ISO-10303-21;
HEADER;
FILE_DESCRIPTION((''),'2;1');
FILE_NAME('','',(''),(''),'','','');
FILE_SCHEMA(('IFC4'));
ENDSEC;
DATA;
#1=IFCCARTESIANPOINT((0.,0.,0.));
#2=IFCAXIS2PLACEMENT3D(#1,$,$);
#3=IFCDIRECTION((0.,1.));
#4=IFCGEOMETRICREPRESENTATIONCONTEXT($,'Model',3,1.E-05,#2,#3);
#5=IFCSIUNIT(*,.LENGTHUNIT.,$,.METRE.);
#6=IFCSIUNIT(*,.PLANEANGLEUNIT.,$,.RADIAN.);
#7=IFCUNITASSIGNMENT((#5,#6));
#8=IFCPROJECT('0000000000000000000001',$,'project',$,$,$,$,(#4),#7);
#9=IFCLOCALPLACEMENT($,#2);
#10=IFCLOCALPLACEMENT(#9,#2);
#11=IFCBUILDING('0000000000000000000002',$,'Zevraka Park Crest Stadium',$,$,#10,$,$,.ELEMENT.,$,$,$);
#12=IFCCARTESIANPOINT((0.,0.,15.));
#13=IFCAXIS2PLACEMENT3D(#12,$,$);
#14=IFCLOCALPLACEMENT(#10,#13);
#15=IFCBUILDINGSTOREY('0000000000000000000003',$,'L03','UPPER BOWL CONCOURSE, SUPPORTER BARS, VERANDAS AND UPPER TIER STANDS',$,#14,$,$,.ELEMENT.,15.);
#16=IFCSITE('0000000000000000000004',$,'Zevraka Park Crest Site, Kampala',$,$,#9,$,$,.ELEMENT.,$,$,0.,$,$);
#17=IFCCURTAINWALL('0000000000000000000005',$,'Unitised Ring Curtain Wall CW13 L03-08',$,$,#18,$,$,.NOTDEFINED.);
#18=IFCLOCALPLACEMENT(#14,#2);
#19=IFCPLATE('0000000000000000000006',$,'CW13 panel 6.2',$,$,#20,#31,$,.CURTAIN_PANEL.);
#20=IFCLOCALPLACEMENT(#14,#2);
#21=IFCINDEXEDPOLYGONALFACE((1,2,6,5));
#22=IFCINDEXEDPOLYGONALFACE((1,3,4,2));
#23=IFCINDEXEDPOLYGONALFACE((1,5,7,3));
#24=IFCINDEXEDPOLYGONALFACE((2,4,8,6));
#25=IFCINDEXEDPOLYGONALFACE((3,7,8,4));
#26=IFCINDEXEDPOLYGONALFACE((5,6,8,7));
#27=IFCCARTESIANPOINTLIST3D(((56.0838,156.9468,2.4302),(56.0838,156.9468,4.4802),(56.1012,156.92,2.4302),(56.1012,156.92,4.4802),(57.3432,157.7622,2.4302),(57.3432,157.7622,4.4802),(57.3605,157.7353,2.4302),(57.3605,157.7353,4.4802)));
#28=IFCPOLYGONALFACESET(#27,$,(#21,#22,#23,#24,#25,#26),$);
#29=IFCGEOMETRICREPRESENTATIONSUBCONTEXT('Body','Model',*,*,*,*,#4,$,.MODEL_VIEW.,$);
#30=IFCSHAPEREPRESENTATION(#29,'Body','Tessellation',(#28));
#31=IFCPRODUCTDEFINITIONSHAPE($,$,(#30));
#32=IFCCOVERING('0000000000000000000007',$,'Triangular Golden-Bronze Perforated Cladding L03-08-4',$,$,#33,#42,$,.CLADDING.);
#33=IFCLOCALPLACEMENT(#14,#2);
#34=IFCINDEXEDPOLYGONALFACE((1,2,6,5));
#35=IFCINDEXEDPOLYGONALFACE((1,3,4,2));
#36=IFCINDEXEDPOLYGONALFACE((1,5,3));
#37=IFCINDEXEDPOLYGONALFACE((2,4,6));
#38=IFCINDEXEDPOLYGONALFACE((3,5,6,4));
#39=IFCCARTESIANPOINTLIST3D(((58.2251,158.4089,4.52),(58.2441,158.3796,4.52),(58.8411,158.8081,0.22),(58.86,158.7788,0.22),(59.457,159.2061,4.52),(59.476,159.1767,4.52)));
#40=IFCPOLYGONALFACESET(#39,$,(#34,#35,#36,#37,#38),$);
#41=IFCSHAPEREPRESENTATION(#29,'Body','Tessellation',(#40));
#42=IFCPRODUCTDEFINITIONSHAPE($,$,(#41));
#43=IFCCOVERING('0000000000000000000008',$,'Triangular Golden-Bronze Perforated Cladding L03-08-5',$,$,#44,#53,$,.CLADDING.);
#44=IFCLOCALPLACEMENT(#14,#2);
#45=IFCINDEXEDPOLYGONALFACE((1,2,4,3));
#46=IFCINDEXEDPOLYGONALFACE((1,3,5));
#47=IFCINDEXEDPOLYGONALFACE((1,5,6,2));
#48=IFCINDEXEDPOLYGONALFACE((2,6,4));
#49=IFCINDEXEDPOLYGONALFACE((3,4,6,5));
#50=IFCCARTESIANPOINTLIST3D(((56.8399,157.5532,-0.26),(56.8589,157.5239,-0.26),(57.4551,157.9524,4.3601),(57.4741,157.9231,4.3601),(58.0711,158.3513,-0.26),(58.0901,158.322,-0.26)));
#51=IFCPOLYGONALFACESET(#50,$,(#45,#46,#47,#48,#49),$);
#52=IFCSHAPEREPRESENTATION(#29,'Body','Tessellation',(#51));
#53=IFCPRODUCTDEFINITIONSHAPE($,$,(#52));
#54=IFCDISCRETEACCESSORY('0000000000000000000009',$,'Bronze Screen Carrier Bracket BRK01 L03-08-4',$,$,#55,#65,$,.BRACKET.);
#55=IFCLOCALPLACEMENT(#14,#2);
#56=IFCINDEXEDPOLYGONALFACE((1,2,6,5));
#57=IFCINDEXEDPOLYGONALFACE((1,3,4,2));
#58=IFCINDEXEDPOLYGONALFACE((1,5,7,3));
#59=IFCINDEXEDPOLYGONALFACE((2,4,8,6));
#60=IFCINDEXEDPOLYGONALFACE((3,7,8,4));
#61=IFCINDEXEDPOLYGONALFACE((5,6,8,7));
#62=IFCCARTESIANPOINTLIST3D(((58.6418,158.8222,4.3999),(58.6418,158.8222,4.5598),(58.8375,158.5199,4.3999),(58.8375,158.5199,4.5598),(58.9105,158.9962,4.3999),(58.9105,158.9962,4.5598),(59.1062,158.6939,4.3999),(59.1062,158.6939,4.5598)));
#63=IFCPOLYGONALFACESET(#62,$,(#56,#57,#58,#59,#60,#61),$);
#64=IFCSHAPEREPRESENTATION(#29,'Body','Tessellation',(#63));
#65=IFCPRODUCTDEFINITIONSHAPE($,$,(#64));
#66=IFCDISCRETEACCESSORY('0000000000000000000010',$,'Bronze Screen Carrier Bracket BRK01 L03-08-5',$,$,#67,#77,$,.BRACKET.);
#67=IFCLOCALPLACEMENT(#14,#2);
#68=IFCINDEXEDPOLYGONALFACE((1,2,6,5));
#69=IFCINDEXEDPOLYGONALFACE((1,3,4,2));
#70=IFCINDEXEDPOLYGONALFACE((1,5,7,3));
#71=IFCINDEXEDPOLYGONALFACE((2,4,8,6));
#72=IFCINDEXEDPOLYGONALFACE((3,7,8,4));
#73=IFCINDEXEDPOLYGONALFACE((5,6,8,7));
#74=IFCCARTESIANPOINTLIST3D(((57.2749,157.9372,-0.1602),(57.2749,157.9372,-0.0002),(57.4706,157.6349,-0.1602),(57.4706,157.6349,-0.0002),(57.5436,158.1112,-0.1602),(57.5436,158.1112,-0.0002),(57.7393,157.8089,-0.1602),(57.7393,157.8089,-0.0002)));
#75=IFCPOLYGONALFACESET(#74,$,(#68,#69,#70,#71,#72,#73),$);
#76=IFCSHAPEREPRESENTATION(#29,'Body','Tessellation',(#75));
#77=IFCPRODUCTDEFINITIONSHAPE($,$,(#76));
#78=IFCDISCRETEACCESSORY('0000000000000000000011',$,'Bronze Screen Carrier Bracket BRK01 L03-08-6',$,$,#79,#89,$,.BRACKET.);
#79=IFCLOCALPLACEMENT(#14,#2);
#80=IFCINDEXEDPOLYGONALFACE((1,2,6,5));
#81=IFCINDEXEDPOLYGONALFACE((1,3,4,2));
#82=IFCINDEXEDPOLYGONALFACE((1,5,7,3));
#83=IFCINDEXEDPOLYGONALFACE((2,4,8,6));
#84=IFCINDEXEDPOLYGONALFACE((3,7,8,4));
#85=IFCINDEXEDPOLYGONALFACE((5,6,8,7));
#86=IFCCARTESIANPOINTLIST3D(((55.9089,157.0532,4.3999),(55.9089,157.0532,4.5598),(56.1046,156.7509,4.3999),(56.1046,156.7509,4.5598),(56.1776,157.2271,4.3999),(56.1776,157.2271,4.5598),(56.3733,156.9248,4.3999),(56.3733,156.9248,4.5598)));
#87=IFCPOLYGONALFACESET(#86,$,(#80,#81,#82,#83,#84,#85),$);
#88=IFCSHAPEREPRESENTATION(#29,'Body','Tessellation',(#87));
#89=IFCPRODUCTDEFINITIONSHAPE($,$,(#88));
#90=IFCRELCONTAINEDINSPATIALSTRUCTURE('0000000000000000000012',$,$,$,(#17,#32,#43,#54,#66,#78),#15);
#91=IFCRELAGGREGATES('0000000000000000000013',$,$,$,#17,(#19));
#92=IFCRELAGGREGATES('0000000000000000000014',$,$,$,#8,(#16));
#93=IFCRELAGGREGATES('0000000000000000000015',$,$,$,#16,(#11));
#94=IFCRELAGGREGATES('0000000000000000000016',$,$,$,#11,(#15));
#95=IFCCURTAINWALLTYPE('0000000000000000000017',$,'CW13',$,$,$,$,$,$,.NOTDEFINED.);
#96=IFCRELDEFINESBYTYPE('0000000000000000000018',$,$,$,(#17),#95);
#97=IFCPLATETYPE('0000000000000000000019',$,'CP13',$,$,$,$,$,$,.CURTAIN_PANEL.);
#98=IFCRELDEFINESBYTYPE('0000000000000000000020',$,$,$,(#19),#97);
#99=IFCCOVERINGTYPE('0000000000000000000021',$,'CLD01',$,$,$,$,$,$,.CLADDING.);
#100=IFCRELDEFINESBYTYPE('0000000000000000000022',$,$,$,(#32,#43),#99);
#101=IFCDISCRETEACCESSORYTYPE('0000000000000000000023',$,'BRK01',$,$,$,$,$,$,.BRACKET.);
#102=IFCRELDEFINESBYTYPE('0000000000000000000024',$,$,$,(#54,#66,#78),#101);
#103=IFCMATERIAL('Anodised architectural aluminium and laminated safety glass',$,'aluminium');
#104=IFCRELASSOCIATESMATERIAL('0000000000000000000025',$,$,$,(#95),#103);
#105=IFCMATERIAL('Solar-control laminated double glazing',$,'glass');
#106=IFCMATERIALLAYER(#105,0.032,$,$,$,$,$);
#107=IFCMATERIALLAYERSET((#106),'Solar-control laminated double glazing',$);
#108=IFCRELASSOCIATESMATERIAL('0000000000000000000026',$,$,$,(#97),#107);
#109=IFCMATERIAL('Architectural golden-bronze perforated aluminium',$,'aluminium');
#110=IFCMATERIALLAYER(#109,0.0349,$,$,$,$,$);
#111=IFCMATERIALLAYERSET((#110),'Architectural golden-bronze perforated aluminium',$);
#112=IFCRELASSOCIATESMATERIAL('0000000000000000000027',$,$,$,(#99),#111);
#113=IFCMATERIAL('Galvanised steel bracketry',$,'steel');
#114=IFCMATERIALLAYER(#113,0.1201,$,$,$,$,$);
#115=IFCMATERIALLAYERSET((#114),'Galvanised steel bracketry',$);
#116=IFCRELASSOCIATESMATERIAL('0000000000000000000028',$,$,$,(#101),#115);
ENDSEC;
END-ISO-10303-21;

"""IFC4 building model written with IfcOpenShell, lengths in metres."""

from ifc_helpers import new_model, si_unit, direction, frame, origin, origin_2d, place, context, subcontext, project, spatial, polyline, rectangle, outline, extrude, material, layer, layer_set, type_object, element, aggregate, save


model = new_model("IFC4")

# Units and contexts
model_context = context("Model", 3, precision=1e-05, world=origin(), true_north=direction((0.0, 1.0)))
body_context = subcontext(model_context, "Body", "Model", "MODEL_VIEW")
ifc_project = project(units=[si_unit("LENGTHUNIT", "METRE"), si_unit("PLANEANGLEUNIT", "RADIAN")], contexts=[model_context])

# Site, building, storey
site_placement = place(None, origin())
site = spatial("IfcSite", under=ifc_project, at=site_placement, Name="Zevraka Park Crest Site, Kampala", CompositionType="ELEMENT", RefElevation=0.0)
building_placement = place(site_placement, origin())
building = spatial("IfcBuilding", under=site, at=building_placement, Name="Zevraka Park Crest Stadium", CompositionType="ELEMENT")
storey_placement = place(building_placement, frame((0.0, 0.0, 15.0)))
storey = spatial("IfcBuildingStorey", under=building, at=storey_placement, Name="L03", Description="UPPER BOWL CONCOURSE, SUPPORTER BARS, VERANDAS AND UPPER TIER STANDS", CompositionType="ELEMENT", Elevation=15.0)

# Curtain wall, plate
ifc_material_1 = material(Name="Anodised architectural aluminium and laminated safety glass", Category="aluminium")
curtain_wall_type = type_object("IfcCurtainWallType", Name="CW13", PredefinedType="NOTDEFINED", material=ifc_material_1)
curtain_wall_placement = place(storey_placement, origin())
curtain_wall = element("IfcCurtainWall", 1, at=curtain_wall_placement, inside=storey, type_object=curtain_wall_type, Name="Unitised Ring Curtain Wall CW13 L03-08", PredefinedType="NOTDEFINED")
ifc_material_2 = material(Name="Solar-control laminated double glazing", Category="glass")
ifc_layer_1 = layer(ifc_material_2, 0.032)
ifc_layer_set_1 = layer_set([ifc_layer_1], Name="Solar-control laminated double glazing")
plate_type = type_object("IfcPlateType", Name="CP13", PredefinedType="CURTAIN_PANEL", material=ifc_layer_set_1)
plate_1_placement = place(storey_placement, frame((56.7222, 157.3411, 2.4302), z_axis=(0.0, 0.0, 1.0), x_axis=(-0.839429, -0.543469, 0.0)))
plate_1 = element("IfcPlate", 2, at=plate_1_placement, type_object=plate_type, Name="CW13 panel 6.2", PredefinedType="CURTAIN_PANEL", context=body_context, shape_type="SweptSolid", body=[
    extrude(rectangle(XDim=1.5002, YDim=0.032, at=origin_2d()), origin(), (0.0, 0.0, 1.0), 2.05),
])
aggregate(curtain_wall, [plate_1])

# Coverings
ifc_material_3 = material(Name="Architectural golden-bronze perforated aluminium", Category="aluminium")
ifc_layer_2 = layer(ifc_material_3, 0.0349)
ifc_layer_set_2 = layer_set([ifc_layer_2], Name="Architectural golden-bronze perforated aluminium")
covering_type = type_object("IfcCoveringType", Name="CLD01", PredefinedType="CLADDING", material=ifc_layer_set_2)
covering_1_placement = place(storey_placement, frame((58.2251, 158.4089, 4.52), z_axis=(-0.543244, 0.839575, 0.000119), x_axis=(0.839575, 0.543244, 0.0)))
element("IfcCovering", 3, at=covering_1_placement, inside=storey, type_object=covering_type, Name="Triangular Golden-Bronze Perforated Cladding L03-08-4", PredefinedType="CLADDING", context=body_context, shape_type="SweptSolid", body=[
    extrude(outline(polyline([(0.0, 0.0), (1.4673, 0.0), (0.734, 4.3), (0.0, 0.0)])), origin(), (0.0, 0.0, -1.0), 0.0349),
])
covering_2_placement = place(storey_placement, frame((58.0901, 158.322, -0.26), z_axis=(0.543941, -0.839123, 0.000065), x_axis=(-0.839123, -0.543941, 0.0)))
element("IfcCovering", 4, at=covering_2_placement, inside=storey, type_object=covering_type, Name="Triangular Golden-Bronze Perforated Cladding L03-08-5", PredefinedType="CLADDING", context=body_context, shape_type="SweptSolid", body=[
    extrude(outline(polyline([(0.0, 0.0), (1.4672, 0.0), (0.7339, -4.6201), (0.0, 0.0)])), origin(), (0.0, 0.0, -1.0), 0.0349),
])

# Discrete accessories
ifc_material_4 = material(Name="Galvanised steel bracketry", Category="steel")
ifc_layer_3 = layer(ifc_material_4, 0.1201)
ifc_layer_set_3 = layer_set([ifc_layer_3], Name="Galvanised steel bracketry")
discrete_accessory_type = type_object("IfcDiscreteAccessoryType", Name="BRK01", PredefinedType="BRACKET", material=ifc_layer_set_3)
for number, where, z_axis, x_axis, name in (
    (5, (58.874, 158.7581, 4.3999), (0.0, 0.0, 1.0), (-0.83943, -0.543467, 0.0), "Bronze Screen Carrier Bracket BRK01 L03-08-4"),
    (6, (57.5071, 157.873, -0.1602), (0.0, 0.0, 1.0), (-0.83943, -0.543467, 0.0), "Bronze Screen Carrier Bracket BRK01 L03-08-5"),
    (7, (56.1411, 156.989, 4.3999), (0.0, 0.0, 1.0), (-0.83943, -0.543467, 0.0), "Bronze Screen Carrier Bracket BRK01 L03-08-6"),
):
    element("IfcDiscreteAccessory", number, at=place(storey_placement, frame(where, z_axis=z_axis, x_axis=x_axis)), inside=storey, type_object=discrete_accessory_type, Name=name, PredefinedType="BRACKET", context=body_context, shape_type="SweptSolid", body=[
        extrude(rectangle(XDim=0.3201, YDim=0.3601, at=origin_2d()), origin(), (0.0, 0.0, 1.0), 0.1599),
    ])

save(model, "model.ifc")
